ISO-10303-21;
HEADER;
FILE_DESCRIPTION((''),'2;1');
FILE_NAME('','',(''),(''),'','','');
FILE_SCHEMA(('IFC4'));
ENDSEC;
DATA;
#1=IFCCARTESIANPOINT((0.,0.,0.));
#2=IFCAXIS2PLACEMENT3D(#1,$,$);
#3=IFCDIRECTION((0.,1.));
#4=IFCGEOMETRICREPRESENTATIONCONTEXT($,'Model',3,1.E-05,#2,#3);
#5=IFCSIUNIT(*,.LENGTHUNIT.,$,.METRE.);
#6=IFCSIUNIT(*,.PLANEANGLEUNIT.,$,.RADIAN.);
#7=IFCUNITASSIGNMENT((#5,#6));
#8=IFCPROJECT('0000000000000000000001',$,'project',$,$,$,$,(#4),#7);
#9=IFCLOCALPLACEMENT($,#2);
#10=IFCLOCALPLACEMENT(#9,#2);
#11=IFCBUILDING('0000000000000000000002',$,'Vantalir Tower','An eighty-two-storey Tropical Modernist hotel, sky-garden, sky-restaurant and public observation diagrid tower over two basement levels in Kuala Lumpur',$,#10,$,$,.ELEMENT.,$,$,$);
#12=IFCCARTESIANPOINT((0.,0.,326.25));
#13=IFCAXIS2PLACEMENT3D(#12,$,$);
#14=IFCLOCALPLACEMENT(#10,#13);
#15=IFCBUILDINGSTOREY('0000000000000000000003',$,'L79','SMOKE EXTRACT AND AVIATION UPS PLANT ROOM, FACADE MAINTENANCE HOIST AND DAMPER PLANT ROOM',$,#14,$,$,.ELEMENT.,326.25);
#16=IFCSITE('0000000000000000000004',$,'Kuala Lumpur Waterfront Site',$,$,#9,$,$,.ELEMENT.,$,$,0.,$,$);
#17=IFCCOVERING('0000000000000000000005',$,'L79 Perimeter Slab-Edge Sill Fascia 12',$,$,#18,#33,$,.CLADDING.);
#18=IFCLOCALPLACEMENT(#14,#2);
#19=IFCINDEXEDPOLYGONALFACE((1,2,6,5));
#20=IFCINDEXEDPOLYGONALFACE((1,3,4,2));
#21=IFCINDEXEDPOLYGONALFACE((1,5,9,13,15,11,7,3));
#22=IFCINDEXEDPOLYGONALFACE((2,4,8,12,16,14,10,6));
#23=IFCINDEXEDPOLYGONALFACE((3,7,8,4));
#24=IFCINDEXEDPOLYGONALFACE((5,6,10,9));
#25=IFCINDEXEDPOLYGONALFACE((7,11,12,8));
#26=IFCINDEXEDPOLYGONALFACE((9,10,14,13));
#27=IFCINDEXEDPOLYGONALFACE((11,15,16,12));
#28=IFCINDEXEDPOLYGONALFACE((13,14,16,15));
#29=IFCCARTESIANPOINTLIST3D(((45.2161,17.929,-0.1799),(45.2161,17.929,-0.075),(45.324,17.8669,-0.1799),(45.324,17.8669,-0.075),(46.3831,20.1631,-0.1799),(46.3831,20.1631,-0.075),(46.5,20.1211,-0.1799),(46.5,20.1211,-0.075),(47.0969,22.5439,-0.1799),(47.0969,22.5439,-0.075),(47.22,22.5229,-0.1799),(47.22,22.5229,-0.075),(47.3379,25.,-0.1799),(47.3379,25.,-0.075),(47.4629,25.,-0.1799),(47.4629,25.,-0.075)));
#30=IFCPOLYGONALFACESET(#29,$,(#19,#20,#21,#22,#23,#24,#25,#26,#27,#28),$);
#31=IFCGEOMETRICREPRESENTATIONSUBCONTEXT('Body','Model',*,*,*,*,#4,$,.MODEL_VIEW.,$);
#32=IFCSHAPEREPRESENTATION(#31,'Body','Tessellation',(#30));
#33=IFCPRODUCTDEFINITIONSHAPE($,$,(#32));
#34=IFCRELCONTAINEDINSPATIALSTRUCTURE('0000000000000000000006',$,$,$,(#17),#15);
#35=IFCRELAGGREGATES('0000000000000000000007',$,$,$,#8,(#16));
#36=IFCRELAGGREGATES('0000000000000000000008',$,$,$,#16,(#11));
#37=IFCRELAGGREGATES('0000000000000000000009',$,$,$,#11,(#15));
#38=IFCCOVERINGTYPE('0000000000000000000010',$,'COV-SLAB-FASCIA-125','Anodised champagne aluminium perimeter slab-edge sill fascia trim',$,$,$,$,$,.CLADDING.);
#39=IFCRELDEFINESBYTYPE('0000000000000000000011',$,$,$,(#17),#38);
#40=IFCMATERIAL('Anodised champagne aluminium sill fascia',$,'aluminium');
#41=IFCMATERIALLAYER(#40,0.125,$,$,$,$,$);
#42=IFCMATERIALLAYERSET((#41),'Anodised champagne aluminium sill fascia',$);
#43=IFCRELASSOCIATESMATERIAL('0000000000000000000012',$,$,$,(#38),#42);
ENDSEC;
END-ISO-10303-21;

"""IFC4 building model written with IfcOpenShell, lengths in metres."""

from ifc_helpers import new_model, si_unit, direction, frame, origin, place, context, subcontext, project, spatial, polyline, outline, extrude, material, layer, layer_set, type_object, element, save


model = new_model("IFC4")

# Units and contexts
model_context = context("Model", 3, precision=1e-05, world=origin(), true_north=direction((0.0, 1.0)))
body_context = subcontext(model_context, "Body", "Model", "MODEL_VIEW")
ifc_project = project(units=[si_unit("LENGTHUNIT", "METRE"), si_unit("PLANEANGLEUNIT", "RADIAN")], contexts=[model_context])

# Site, building, storey
site_placement = place(None, origin())
site = spatial("IfcSite", under=ifc_project, at=site_placement, Name="Kuala Lumpur Waterfront Site", CompositionType="ELEMENT", RefElevation=0.0)
building_placement = place(site_placement, origin())
building = spatial("IfcBuilding", under=site, at=building_placement, Name="Vantalir Tower", Description="An eighty-two-storey Tropical Modernist hotel, sky-garden, sky-restaurant and public observation diagrid tower over two basement levels in Kuala Lumpur", CompositionType="ELEMENT")
storey_placement = place(building_placement, frame((0.0, 0.0, 326.25)))
storey = spatial("IfcBuildingStorey", under=building, at=storey_placement, Name="L79", Description="SMOKE EXTRACT AND AVIATION UPS PLANT ROOM, FACADE MAINTENANCE HOIST AND DAMPER PLANT ROOM", CompositionType="ELEMENT", Elevation=326.25)

# Covering
ifc_material_1 = material(Name="Anodised champagne aluminium sill fascia", Category="aluminium")
ifc_layer_1 = layer(ifc_material_1, 0.125)
ifc_layer_set_1 = layer_set([ifc_layer_1], Name="Anodised champagne aluminium sill fascia")
covering_type = type_object("IfcCoveringType", Name="COV-SLAB-FASCIA-125", Description="Anodised champagne aluminium perimeter slab-edge sill fascia trim", PredefinedType="CLADDING", material=ifc_layer_set_1)
covering_1_placement = place(storey_placement, frame((0.0, 0.0, -0.1799)))
element("IfcCovering", 1, at=covering_1_placement, inside=storey, type_object=covering_type, Name="L79 Perimeter Slab-Edge Sill Fascia 12", PredefinedType="CLADDING", context=body_context, shape_type="SweptSolid", body=[
    extrude(outline(polyline([(45.324, 17.8669), (46.5, 20.1211), (47.22, 22.5229), (47.4629, 25.0), (47.3379, 25.0), (47.0969, 22.5439), (46.3831, 20.1631), (45.2161, 17.929), (45.324, 17.8669)])), origin(), (0.0, 0.0, 1.0), 0.105),
])

save(model, "model.ifc")
